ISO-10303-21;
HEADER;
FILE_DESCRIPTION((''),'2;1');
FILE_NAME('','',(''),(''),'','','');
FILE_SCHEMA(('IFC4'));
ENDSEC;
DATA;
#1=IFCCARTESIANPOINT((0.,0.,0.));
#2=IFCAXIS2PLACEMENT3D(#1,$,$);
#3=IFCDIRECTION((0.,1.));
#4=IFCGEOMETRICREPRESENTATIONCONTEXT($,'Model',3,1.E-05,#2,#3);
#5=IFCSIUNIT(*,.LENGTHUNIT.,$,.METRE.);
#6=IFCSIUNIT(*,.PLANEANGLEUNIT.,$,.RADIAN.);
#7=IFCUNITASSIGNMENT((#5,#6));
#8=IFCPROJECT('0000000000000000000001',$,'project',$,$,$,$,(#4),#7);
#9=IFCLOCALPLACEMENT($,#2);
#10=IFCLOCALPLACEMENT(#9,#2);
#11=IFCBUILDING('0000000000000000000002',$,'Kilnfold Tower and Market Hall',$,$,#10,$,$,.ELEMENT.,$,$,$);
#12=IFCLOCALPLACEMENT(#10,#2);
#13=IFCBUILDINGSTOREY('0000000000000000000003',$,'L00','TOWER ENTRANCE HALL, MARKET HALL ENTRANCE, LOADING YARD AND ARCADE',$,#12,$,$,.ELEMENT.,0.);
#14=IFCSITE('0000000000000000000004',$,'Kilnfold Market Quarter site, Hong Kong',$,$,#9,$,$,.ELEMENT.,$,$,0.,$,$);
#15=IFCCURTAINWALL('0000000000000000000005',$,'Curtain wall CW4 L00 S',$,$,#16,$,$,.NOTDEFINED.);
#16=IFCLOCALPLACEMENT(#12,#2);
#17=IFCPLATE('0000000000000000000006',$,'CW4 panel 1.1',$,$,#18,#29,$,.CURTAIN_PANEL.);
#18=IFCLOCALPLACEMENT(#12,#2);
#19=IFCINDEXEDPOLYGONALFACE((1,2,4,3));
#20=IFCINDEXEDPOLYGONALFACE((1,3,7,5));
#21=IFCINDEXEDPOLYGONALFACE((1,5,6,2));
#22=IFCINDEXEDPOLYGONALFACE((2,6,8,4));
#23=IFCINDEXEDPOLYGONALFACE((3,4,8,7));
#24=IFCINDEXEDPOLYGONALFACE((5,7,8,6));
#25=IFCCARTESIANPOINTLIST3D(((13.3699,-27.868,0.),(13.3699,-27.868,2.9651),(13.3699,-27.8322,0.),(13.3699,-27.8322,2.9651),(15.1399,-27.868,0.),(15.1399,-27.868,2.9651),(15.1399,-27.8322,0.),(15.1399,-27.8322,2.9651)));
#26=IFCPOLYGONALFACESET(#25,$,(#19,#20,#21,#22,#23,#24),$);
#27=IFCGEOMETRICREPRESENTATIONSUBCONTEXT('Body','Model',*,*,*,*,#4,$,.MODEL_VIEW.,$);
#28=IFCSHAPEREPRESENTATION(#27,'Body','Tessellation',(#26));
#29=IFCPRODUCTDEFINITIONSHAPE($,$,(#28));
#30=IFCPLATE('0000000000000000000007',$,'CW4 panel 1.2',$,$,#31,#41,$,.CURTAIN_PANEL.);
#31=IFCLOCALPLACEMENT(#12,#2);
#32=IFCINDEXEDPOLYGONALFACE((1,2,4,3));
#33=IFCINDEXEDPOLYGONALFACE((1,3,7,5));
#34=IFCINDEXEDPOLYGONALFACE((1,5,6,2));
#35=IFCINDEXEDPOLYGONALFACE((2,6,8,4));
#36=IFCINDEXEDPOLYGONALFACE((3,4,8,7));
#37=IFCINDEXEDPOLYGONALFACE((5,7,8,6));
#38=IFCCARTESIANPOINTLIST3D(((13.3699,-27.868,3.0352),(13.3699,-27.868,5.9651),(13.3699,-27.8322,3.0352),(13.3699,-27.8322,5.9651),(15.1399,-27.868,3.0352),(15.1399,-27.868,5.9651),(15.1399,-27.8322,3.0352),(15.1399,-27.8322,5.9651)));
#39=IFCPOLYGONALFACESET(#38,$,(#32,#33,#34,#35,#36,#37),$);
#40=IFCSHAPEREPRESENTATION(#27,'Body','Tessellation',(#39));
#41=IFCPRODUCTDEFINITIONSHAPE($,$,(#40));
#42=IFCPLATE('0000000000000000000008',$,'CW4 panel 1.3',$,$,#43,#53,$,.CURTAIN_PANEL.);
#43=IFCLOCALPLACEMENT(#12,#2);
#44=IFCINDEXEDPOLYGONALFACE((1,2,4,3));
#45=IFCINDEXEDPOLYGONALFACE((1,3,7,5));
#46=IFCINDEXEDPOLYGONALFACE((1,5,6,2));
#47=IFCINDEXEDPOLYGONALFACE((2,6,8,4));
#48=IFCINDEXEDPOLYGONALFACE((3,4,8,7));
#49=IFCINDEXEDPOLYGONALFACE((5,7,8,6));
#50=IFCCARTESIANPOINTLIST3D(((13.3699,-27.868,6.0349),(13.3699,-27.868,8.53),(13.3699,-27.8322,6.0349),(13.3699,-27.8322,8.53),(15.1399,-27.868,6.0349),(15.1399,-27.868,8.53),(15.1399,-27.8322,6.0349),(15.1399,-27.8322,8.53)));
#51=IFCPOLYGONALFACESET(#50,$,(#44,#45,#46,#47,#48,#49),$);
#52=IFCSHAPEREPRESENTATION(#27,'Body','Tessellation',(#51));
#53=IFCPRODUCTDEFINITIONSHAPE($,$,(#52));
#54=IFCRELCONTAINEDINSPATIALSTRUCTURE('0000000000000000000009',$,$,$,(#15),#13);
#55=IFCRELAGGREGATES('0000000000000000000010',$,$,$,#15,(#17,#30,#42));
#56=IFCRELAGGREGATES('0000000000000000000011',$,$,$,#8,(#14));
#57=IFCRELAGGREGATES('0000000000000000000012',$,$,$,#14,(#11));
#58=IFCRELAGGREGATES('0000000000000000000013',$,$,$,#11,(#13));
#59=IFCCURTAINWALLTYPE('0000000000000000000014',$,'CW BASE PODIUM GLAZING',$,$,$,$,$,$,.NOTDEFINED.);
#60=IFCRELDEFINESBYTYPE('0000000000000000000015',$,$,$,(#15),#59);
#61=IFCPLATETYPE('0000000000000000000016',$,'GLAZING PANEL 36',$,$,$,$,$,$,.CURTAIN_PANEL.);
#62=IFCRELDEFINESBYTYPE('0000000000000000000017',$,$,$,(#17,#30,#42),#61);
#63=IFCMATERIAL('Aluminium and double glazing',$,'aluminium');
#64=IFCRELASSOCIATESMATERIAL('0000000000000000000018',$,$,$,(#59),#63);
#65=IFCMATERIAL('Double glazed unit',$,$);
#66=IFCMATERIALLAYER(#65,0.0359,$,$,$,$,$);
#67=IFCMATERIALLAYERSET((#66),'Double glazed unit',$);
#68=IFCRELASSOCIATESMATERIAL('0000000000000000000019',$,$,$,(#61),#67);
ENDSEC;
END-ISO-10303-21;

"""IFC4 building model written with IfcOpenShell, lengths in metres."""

from ifc_helpers import new_model, si_unit, direction, frame, origin, origin_2d, place, context, subcontext, project, spatial, rectangle, extrude, source, transform, mapped, material, layer, layer_set, type_object, element, aggregate, save


model = new_model("IFC4")

# Units and contexts
model_context = context("Model", 3, precision=1e-05, world=origin(), true_north=direction((0.0, 1.0)))
body_context = subcontext(model_context, "Body", "Model", "MODEL_VIEW")
ifc_project = project(units=[si_unit("LENGTHUNIT", "METRE"), si_unit("PLANEANGLEUNIT", "RADIAN")], contexts=[model_context])

# Site, building, storey
site_placement = place(None, origin())
site = spatial("IfcSite", under=ifc_project, at=site_placement, Name="Kilnfold Market Quarter site, Hong Kong", CompositionType="ELEMENT", RefElevation=0.0)
building_placement = place(site_placement, origin())
building = spatial("IfcBuilding", under=site, at=building_placement, Name="Kilnfold Tower and Market Hall", CompositionType="ELEMENT")
storey_placement = place(building_placement, origin())
storey = spatial("IfcBuildingStorey", under=building, at=storey_placement, Name="L00", Description="TOWER ENTRANCE HALL, MARKET HALL ENTRANCE, LOADING YARD AND ARCADE", CompositionType="ELEMENT", Elevation=0.0)

# Shared definitions
ifc_material_1 = material(Name="Aluminium and double glazing", Category="aluminium")
curtain_wall_type = type_object("IfcCurtainWallType", Name="CW BASE PODIUM GLAZING", PredefinedType="NOTDEFINED", material=ifc_material_1)

# Curtain wall
curtain_wall_1_placement = place(storey_placement, origin())
curtain_wall_1 = element("IfcCurtainWall", 1, at=curtain_wall_1_placement, inside=storey, type_object=curtain_wall_type, Name="Curtain wall CW4 L00 S", PredefinedType="NOTDEFINED")

# Plates
ifc_material_2 = material(Name="Double glazed unit")
ifc_layer_1 = layer(ifc_material_2, 0.0359)
ifc_layer_set_1 = layer_set([ifc_layer_1], Name="Double glazed unit")
plate_type = type_object("IfcPlateType", Name="GLAZING PANEL 36", PredefinedType="CURTAIN_PANEL", material=ifc_layer_set_1)
shared_shape_1 = source(origin(), body_context, "Body", "SweptSolid", [
    extrude(rectangle(XDim=1.77, YDim=0.0359, at=origin_2d()), origin(), (0.0, 0.0, 1.0), 2.9651),
])
plate_1_placement = place(storey_placement, frame((14.2549, -27.8501, 0.0), z_axis=(0.0, 0.0, 1.0), x_axis=(1.0, 0.0, 0.0)))
plate_1 = element("IfcPlate", 2, at=plate_1_placement, type_object=plate_type, Name="CW4 panel 1.1", PredefinedType="CURTAIN_PANEL", context=body_context, shape_type="MappedRepresentation", body=[
    mapped(shared_shape_1, transform((0.0, 0.0, 0.0))),
])
shared_shape_2 = source(origin(), body_context, "Body", "SweptSolid", [
    extrude(rectangle(XDim=1.77, YDim=0.0359, at=origin_2d()), origin(), (0.0, 0.0, 1.0), 2.9299),
])
plate_2_placement = place(storey_placement, frame((14.2549, -27.8501, 3.0352), z_axis=(0.0, 0.0, 1.0), x_axis=(1.0, 0.0, 0.0)))
plate_2 = element("IfcPlate", 3, at=plate_2_placement, type_object=plate_type, Name="CW4 panel 1.2", PredefinedType="CURTAIN_PANEL", context=body_context, shape_type="MappedRepresentation", body=[
    mapped(shared_shape_2, transform((0.0, 0.0, 0.0))),
])
shared_shape_3 = source(origin(), body_context, "Body", "SweptSolid", [
    extrude(rectangle(XDim=1.77, YDim=0.0359, at=origin_2d()), origin(), (0.0, 0.0, 1.0), 2.4951),
])
plate_3_placement = place(storey_placement, frame((14.2549, -27.8501, 6.0349), z_axis=(0.0, 0.0, 1.0), x_axis=(1.0, 0.0, 0.0)))
plate_3 = element("IfcPlate", 4, at=plate_3_placement, type_object=plate_type, Name="CW4 panel 1.3", PredefinedType="CURTAIN_PANEL", context=body_context, shape_type="MappedRepresentation", body=[
    mapped(shared_shape_3, transform((0.0, 0.0, 0.0))),
])
aggregate(curtain_wall_1, [plate_1, plate_2, plate_3])

save(model, "model.ifc")
